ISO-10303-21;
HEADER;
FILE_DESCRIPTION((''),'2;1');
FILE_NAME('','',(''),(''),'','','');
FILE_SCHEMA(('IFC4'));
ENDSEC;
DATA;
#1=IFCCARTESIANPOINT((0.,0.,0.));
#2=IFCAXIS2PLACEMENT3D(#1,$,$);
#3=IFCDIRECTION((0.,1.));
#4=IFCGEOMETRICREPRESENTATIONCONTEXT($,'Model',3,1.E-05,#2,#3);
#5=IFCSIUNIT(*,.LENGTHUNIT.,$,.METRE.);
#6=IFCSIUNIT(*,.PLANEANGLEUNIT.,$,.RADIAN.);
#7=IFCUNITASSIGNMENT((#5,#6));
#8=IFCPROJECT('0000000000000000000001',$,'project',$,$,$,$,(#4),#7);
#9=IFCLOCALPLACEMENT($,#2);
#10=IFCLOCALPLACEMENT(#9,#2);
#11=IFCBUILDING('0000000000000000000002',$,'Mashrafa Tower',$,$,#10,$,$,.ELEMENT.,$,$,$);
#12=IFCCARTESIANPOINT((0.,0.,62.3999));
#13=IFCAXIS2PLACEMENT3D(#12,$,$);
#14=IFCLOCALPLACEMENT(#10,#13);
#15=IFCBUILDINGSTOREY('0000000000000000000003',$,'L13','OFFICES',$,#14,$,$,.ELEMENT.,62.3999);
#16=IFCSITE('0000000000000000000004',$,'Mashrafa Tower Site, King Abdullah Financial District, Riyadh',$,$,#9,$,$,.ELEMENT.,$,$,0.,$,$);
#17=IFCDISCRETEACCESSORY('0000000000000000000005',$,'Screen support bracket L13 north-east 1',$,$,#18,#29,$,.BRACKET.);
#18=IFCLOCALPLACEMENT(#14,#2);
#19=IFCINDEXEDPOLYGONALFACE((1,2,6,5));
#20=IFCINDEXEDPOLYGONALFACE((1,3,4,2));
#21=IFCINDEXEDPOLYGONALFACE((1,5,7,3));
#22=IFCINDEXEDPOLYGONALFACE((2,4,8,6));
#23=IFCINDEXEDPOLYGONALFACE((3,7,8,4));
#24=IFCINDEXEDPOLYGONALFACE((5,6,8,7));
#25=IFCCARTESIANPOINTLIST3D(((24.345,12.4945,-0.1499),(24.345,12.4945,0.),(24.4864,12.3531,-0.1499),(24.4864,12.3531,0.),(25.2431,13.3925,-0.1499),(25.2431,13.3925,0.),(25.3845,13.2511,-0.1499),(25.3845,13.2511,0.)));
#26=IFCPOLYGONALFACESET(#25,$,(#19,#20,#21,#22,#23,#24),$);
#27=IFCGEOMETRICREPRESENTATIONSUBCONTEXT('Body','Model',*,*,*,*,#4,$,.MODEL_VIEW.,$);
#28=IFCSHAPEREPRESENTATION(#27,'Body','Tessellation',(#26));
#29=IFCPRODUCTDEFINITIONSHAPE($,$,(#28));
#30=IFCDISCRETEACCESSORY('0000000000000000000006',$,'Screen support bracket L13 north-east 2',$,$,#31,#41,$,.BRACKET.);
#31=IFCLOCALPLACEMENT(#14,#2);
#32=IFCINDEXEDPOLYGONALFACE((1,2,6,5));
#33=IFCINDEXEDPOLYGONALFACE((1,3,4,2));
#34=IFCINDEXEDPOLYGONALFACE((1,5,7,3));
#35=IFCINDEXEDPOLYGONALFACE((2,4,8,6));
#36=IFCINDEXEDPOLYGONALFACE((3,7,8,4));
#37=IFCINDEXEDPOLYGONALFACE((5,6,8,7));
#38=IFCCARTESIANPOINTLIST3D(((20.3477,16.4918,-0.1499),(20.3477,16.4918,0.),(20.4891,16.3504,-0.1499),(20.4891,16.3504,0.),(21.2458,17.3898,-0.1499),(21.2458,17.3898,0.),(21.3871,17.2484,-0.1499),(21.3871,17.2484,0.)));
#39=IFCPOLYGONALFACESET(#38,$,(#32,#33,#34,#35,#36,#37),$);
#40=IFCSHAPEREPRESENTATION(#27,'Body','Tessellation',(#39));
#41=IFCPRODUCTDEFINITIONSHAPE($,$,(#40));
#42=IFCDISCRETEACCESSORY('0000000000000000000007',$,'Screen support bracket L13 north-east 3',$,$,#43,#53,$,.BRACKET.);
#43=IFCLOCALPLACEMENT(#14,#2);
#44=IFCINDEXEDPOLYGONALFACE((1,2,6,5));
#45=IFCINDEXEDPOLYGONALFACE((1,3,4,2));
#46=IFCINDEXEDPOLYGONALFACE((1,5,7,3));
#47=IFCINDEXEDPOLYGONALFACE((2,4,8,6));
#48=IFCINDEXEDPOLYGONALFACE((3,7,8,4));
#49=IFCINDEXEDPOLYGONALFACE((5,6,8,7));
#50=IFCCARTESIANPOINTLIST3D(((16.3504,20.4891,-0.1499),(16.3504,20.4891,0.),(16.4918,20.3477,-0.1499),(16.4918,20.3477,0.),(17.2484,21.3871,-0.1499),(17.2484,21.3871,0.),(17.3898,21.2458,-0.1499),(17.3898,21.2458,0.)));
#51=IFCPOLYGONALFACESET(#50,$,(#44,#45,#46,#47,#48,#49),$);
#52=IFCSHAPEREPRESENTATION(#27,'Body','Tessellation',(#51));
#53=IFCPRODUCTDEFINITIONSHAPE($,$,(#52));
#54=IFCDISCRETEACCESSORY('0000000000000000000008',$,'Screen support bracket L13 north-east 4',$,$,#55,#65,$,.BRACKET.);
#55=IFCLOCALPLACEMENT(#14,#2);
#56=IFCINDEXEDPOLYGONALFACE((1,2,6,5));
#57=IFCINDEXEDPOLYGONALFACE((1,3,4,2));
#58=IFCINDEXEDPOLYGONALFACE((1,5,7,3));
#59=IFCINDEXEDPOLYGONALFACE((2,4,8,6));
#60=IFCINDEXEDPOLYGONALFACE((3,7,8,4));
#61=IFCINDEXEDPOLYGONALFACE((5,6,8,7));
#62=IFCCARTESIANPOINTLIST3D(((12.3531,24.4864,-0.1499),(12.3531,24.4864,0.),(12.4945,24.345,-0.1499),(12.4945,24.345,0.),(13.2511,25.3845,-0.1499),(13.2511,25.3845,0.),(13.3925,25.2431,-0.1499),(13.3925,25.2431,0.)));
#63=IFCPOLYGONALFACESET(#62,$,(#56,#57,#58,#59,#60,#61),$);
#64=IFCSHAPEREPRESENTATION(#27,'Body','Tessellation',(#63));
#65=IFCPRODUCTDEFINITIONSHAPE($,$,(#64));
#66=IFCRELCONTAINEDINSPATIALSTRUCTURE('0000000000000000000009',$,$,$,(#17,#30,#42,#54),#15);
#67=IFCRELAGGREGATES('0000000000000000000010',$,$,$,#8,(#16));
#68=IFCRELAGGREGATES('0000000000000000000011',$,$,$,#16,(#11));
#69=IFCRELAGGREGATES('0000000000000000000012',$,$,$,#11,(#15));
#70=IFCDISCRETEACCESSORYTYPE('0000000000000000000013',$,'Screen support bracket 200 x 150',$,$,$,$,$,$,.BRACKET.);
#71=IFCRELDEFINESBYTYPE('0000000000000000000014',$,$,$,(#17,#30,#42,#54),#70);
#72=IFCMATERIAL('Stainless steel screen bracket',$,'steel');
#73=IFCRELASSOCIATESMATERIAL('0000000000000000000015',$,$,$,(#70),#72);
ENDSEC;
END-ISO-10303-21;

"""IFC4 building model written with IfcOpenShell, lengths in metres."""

from ifc_helpers import new_model, si_unit, direction, frame, origin, origin_2d, place, context, subcontext, project, spatial, rectangle, extrude, source, transform, mapped, material, type_object, type_shapes, element, save


model = new_model("IFC4")

# Units and contexts
model_context = context("Model", 3, precision=1e-05, world=origin(), true_north=direction((0.0, 1.0)))
body_context = subcontext(model_context, "Body", "Model", "MODEL_VIEW")
ifc_project = project(units=[si_unit("LENGTHUNIT", "METRE"), si_unit("PLANEANGLEUNIT", "RADIAN")], contexts=[model_context])

# Site, building, storey
site_placement = place(None, origin())
site = spatial("IfcSite", under=ifc_project, at=site_placement, Name="Mashrafa Tower Site, King Abdullah Financial District, Riyadh", CompositionType="ELEMENT", RefElevation=0.0)
building_placement = place(site_placement, origin())
building = spatial("IfcBuilding", under=site, at=building_placement, Name="Mashrafa Tower", CompositionType="ELEMENT")
storey_placement = place(building_placement, frame((0.0, 0.0, 62.3999)))
storey = spatial("IfcBuildingStorey", under=building, at=storey_placement, Name="L13", Description="OFFICES", CompositionType="ELEMENT", Elevation=62.3999)

# Discrete accessories
ifc_material_1 = material(Name="Stainless steel screen bracket", Category="steel")
discrete_accessory_type = type_object("IfcDiscreteAccessoryType", Name="Screen support bracket 200 x 150", PredefinedType="BRACKET", material=ifc_material_1)
shared_shape_1 = source(origin(), body_context, "Body", "SweptSolid", [
    extrude(rectangle(XDim=0.2, YDim=1.27, at=origin_2d()), origin(), (0.0, 0.0, 1.0), 0.1499),
])
type_shapes(discrete_accessory_type, [shared_shape_1])
for number, where, z_axis, x_axis, name in (
    (1, (24.8647, 12.8728, -0.1499), (0.0, 0.0, 1.0), (-0.707107, 0.707107, 0.0), "Screen support bracket L13 north-east 1"),
    (2, (20.8674, 16.8701, -0.1499), (0.0, 0.0, 1.0), (-0.707107, 0.707107, 0.0), "Screen support bracket L13 north-east 2"),
    (3, (16.8701, 20.8674, -0.1499), (0.0, 0.0, 1.0), (-0.707107, 0.707107, 0.0), "Screen support bracket L13 north-east 3"),
    (4, (12.8728, 24.8647, -0.1499), (0.0, 0.0, 1.0), (-0.707107, 0.707107, 0.0), "Screen support bracket L13 north-east 4"),
):
    element("IfcDiscreteAccessory", number, at=place(storey_placement, frame(where, z_axis=z_axis, x_axis=x_axis)), inside=storey, type_object=discrete_accessory_type, Name=name, PredefinedType="BRACKET", context=body_context, shape_type="MappedRepresentation", body=[
        mapped(shared_shape_1, transform((0.0, 0.0, 0.0))),
    ])

save(model, "model.ifc")
